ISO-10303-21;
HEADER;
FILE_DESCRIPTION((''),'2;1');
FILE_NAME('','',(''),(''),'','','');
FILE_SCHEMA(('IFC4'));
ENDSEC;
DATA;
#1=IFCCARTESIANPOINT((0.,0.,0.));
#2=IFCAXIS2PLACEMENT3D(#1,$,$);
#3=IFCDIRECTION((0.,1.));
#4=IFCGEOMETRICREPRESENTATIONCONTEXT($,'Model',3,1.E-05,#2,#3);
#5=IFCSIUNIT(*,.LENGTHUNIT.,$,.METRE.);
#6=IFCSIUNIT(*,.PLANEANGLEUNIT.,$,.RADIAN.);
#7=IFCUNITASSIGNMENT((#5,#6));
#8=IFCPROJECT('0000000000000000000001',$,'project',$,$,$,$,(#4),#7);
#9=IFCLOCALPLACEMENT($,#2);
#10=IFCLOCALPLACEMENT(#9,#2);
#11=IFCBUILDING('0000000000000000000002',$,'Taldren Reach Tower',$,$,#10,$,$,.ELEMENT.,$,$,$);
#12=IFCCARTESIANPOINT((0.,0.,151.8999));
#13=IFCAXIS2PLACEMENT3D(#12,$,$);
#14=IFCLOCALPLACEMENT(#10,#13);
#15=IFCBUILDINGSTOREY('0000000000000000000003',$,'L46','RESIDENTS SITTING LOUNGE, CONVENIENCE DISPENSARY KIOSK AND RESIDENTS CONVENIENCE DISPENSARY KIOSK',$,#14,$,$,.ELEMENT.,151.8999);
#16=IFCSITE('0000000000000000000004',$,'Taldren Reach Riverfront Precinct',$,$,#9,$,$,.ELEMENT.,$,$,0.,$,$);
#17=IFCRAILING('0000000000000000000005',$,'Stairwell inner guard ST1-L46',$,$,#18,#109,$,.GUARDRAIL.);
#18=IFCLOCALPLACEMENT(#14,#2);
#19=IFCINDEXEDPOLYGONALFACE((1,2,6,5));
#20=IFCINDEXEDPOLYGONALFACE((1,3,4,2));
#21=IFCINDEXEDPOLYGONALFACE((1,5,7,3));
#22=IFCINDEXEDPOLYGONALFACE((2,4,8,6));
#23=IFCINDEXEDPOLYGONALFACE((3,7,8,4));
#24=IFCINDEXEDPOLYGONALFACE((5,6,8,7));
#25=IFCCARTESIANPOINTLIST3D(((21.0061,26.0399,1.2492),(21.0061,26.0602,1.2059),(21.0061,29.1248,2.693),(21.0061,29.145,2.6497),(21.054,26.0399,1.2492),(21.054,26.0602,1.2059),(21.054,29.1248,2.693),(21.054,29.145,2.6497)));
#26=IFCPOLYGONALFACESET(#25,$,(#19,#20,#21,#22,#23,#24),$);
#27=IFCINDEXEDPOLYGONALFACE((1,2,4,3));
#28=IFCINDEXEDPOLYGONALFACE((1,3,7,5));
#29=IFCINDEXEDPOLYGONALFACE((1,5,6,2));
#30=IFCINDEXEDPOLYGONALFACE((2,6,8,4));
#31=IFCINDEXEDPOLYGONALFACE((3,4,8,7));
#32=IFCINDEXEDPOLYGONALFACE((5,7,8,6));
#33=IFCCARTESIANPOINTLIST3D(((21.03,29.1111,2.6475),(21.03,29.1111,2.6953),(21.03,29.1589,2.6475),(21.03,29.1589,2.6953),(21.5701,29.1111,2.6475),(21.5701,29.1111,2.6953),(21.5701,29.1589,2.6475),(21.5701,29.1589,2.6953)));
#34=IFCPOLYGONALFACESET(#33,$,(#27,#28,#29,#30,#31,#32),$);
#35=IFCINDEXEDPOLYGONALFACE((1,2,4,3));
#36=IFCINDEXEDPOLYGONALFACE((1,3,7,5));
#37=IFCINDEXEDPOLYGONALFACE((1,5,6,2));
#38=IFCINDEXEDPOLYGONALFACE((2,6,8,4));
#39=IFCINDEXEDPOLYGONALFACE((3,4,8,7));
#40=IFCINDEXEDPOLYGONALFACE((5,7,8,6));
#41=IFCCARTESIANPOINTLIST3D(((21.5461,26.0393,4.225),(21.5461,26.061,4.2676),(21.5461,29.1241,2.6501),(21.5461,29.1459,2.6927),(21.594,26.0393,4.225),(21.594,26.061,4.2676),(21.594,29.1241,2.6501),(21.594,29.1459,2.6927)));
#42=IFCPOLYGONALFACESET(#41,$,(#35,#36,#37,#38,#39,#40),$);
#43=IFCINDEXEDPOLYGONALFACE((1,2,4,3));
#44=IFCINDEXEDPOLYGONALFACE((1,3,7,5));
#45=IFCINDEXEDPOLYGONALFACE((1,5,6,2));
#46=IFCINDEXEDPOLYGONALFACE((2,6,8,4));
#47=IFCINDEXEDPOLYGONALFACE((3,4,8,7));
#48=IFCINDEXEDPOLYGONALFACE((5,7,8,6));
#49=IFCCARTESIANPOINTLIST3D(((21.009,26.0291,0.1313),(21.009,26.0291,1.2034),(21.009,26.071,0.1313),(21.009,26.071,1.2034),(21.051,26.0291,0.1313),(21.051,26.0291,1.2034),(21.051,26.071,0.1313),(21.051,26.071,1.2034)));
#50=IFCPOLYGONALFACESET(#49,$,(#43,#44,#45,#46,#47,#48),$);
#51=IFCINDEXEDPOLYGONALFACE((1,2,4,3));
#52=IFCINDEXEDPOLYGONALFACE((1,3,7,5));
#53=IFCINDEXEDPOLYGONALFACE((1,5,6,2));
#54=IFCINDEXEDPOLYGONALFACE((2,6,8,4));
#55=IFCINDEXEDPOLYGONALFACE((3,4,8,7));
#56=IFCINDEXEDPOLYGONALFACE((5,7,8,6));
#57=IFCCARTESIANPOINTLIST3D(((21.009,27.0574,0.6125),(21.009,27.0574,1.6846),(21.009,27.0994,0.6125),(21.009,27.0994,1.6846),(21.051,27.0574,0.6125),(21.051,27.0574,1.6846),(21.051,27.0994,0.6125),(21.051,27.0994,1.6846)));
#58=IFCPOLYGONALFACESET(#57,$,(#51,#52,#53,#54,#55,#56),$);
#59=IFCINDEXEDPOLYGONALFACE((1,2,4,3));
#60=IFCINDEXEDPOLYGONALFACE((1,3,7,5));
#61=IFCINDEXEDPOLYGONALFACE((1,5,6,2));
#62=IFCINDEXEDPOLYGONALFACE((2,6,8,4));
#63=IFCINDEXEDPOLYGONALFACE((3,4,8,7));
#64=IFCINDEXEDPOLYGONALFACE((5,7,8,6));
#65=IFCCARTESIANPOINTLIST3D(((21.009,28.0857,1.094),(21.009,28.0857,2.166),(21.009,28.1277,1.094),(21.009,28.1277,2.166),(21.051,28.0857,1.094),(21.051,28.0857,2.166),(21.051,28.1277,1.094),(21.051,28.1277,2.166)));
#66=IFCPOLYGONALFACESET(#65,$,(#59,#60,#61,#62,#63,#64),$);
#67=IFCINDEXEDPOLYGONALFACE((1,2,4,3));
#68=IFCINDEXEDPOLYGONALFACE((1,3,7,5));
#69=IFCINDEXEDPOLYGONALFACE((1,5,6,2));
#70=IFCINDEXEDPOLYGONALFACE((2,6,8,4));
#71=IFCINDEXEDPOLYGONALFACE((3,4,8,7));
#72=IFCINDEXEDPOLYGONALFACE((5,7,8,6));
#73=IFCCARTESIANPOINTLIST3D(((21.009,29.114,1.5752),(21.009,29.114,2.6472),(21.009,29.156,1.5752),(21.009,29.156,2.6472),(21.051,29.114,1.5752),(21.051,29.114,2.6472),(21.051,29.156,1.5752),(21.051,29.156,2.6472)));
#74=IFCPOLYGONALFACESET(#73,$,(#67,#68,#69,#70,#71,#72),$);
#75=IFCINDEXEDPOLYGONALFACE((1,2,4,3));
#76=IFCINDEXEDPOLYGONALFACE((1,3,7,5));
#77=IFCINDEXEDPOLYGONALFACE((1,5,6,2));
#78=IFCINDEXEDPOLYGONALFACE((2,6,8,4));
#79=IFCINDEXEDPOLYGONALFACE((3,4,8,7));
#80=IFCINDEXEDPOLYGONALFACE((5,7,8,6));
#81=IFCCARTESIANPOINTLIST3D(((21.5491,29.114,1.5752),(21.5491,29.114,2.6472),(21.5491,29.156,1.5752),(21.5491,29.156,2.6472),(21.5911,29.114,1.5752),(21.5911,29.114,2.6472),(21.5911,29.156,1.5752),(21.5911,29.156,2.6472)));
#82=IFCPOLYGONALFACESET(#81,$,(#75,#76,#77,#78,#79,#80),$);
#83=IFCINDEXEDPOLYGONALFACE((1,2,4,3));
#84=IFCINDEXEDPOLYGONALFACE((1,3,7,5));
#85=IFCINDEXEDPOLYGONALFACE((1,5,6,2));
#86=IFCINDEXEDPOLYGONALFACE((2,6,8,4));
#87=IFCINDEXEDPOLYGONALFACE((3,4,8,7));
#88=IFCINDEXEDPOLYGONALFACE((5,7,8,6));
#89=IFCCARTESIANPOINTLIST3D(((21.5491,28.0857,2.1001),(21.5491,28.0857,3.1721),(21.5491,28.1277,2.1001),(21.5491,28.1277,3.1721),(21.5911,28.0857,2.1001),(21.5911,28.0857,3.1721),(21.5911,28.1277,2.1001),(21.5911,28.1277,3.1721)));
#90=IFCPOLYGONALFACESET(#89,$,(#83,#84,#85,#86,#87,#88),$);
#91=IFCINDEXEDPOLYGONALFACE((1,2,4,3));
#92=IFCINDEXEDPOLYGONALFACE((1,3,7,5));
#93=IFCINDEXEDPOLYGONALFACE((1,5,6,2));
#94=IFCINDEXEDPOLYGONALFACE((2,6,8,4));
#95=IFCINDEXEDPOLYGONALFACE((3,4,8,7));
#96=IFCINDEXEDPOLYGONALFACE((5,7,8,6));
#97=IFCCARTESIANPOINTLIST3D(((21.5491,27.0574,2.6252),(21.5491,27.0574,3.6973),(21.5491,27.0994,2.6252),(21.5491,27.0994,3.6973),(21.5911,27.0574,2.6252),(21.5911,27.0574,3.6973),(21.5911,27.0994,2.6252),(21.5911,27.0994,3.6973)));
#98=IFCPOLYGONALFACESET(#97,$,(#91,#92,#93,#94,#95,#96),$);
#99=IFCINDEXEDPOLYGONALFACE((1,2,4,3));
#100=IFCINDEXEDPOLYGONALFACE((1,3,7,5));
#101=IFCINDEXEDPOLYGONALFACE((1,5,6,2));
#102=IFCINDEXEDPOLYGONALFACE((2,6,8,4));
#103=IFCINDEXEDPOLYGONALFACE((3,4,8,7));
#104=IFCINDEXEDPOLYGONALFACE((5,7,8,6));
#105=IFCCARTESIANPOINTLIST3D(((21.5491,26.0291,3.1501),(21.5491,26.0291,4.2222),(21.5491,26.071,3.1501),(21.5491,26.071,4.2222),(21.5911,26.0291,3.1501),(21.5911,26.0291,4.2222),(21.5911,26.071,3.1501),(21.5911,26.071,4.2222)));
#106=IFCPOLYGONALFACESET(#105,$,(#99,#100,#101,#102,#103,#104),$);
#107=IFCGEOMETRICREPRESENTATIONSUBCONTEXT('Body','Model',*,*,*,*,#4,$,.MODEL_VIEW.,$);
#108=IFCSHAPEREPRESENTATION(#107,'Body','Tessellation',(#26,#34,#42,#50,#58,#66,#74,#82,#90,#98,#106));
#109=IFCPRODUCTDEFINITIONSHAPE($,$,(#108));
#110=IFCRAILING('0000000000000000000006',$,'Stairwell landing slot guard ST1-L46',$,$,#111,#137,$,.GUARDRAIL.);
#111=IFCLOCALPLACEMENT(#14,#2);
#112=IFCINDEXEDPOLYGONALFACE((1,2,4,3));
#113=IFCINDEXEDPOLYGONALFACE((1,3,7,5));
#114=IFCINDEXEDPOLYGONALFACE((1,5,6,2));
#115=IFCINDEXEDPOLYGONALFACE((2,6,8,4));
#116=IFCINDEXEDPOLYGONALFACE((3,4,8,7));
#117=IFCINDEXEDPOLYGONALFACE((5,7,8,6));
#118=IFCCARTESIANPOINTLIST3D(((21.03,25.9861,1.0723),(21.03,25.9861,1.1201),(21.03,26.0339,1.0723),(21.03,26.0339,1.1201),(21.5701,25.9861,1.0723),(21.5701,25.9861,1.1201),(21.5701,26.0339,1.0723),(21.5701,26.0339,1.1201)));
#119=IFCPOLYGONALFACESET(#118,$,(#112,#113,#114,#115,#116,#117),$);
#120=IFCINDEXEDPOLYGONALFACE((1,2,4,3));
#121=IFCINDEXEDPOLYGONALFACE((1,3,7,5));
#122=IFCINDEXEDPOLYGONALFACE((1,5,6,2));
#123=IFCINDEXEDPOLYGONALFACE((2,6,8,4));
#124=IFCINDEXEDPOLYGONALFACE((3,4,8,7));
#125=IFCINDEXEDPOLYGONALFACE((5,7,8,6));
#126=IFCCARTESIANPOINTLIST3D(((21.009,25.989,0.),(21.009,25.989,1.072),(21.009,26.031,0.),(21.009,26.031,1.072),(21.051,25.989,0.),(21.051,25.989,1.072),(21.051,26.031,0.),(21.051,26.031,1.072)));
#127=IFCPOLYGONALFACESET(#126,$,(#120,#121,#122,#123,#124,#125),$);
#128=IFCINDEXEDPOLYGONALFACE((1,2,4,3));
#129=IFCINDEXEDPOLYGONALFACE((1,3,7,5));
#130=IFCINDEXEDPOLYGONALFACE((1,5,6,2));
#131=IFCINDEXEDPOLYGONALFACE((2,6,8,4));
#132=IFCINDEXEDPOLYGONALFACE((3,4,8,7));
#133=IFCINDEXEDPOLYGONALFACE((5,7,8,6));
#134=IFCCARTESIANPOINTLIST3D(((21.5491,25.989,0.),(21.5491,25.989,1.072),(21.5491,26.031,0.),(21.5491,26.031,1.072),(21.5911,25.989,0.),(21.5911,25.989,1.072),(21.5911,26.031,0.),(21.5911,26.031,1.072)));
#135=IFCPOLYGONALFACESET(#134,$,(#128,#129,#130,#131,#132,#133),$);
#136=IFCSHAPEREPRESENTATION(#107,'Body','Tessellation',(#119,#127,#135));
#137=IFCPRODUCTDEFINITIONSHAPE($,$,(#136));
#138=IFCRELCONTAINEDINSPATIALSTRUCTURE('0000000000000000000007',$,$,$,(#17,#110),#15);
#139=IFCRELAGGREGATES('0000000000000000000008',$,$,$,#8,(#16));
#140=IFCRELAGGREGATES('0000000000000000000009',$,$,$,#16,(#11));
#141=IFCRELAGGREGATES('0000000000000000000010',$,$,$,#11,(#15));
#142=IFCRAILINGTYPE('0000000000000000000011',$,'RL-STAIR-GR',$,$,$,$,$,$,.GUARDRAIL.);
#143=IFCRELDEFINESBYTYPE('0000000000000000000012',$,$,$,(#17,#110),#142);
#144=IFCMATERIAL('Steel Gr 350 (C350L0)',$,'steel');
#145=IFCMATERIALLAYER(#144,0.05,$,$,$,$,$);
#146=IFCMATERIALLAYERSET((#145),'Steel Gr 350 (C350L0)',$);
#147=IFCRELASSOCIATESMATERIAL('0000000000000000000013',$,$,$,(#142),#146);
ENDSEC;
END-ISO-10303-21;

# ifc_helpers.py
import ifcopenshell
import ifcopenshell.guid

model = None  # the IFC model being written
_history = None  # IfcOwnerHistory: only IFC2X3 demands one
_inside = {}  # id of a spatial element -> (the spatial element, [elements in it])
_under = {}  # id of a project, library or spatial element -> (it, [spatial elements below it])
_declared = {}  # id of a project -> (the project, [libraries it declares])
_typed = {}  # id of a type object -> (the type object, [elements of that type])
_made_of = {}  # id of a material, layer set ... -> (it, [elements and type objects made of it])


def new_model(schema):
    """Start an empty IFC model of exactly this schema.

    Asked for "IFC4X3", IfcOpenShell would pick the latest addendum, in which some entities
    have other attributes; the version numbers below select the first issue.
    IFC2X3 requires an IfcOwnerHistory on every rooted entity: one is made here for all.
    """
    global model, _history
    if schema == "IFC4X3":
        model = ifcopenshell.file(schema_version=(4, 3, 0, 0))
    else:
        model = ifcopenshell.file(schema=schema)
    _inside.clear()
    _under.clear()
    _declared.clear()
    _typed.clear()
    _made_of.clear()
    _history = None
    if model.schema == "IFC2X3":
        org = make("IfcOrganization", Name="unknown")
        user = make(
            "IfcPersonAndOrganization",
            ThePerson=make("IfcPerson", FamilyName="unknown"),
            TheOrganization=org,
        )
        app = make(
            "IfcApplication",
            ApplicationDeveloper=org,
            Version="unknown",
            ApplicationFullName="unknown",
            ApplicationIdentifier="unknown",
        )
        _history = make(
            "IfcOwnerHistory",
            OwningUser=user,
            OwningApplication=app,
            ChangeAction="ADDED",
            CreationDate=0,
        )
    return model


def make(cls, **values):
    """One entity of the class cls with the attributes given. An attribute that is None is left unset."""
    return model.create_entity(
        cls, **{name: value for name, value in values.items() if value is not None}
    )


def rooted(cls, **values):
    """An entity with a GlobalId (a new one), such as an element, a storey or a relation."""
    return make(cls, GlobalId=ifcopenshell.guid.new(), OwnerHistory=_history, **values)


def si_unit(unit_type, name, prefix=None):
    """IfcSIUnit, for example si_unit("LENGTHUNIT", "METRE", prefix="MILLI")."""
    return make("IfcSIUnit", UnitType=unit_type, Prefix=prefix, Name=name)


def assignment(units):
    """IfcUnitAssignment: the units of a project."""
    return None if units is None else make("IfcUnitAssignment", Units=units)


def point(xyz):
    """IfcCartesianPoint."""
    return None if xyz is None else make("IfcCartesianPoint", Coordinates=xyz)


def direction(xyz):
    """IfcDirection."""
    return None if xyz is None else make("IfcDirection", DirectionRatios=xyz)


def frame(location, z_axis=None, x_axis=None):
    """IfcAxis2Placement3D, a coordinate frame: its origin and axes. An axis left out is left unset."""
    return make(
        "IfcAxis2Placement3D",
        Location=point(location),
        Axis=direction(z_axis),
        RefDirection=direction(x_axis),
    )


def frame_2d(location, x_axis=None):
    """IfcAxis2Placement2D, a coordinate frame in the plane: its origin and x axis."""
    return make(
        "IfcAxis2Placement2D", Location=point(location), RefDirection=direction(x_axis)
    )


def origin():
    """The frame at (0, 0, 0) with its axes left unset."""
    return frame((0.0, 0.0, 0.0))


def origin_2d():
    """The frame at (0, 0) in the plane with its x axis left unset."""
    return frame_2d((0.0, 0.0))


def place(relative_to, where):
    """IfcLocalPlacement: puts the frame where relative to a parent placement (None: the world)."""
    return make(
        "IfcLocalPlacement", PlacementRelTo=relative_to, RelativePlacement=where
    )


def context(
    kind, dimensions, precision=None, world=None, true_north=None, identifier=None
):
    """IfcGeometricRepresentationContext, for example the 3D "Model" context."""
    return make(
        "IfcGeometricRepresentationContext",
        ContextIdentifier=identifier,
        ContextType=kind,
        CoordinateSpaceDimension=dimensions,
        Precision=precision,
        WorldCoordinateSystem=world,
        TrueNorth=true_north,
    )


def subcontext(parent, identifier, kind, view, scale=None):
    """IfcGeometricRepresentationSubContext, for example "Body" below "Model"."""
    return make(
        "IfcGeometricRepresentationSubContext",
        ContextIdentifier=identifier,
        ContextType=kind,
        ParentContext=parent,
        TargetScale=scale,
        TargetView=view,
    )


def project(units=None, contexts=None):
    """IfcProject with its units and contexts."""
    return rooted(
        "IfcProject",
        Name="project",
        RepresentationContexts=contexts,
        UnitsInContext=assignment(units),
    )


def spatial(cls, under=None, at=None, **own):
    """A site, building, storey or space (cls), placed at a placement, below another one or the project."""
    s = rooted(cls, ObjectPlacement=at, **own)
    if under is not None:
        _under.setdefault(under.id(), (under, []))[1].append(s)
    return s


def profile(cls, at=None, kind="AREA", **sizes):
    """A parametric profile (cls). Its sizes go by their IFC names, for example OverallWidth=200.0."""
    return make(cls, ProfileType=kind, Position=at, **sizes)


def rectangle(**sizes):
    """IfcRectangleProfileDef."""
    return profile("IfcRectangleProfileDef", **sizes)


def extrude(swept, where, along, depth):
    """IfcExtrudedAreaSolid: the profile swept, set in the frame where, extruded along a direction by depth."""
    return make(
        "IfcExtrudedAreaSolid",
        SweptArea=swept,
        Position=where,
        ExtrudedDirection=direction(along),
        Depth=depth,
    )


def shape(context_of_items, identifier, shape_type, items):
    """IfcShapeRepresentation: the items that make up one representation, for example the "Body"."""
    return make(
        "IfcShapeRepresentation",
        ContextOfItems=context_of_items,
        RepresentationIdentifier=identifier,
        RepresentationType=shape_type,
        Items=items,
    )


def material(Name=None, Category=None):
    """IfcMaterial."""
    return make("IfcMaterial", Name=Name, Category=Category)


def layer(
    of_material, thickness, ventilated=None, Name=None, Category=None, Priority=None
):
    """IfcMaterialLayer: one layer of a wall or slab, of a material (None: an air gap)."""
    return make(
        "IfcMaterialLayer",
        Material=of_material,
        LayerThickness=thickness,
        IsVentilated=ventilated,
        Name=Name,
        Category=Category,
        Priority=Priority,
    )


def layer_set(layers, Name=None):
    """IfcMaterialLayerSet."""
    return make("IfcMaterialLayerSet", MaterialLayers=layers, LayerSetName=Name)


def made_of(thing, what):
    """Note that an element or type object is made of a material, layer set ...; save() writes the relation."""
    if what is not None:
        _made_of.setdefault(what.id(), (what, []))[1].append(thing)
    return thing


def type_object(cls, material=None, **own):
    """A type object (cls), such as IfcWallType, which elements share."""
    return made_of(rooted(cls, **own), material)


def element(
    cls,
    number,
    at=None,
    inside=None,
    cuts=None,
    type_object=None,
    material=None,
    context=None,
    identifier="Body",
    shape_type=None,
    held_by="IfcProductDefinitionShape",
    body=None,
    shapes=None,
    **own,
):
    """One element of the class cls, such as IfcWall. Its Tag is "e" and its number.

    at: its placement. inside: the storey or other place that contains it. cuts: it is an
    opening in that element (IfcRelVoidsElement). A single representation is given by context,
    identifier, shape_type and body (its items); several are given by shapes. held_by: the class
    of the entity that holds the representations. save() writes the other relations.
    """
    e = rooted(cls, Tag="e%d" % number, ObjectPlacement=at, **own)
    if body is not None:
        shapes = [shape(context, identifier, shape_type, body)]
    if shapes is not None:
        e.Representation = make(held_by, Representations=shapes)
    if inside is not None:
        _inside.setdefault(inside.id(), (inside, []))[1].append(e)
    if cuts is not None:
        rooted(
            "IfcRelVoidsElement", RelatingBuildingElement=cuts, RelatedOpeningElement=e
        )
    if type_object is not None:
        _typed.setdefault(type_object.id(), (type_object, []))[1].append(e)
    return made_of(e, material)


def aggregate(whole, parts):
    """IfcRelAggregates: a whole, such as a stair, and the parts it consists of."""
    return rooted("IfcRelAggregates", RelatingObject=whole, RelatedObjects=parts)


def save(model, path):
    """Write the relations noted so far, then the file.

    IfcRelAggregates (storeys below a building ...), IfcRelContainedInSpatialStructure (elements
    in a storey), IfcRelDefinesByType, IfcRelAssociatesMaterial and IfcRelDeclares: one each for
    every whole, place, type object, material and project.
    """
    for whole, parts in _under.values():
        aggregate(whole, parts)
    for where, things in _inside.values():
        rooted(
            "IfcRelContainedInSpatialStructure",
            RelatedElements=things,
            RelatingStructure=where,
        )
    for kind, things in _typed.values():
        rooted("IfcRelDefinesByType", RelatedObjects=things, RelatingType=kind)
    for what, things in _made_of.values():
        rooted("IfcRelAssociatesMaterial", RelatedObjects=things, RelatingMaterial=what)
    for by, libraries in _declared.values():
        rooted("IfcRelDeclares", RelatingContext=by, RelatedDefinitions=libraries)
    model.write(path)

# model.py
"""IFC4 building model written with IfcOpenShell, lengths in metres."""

from ifc_helpers import new_model, si_unit, direction, frame, origin, origin_2d, place, context, subcontext, project, spatial, rectangle, extrude, material, layer, layer_set, type_object, element, save


model = new_model("IFC4")

# Units and contexts
model_context = context("Model", 3, precision=1e-05, world=origin(), true_north=direction((0.0, 1.0)))
body_context = subcontext(model_context, "Body", "Model", "MODEL_VIEW")
ifc_project = project(units=[si_unit("LENGTHUNIT", "METRE"), si_unit("PLANEANGLEUNIT", "RADIAN")], contexts=[model_context])

# Site, building, storey
site_placement = place(None, origin())
site = spatial("IfcSite", under=ifc_project, at=site_placement, Name="Taldren Reach Riverfront Precinct", CompositionType="ELEMENT", RefElevation=0.0)
building_placement = place(site_placement, origin())
building = spatial("IfcBuilding", under=site, at=building_placement, Name="Taldren Reach Tower", CompositionType="ELEMENT")
storey_placement = place(building_placement, frame((0.0, 0.0, 151.8999)))
storey = spatial("IfcBuildingStorey", under=building, at=storey_placement, Name="L46", Description="RESIDENTS SITTING LOUNGE, CONVENIENCE DISPENSARY KIOSK AND RESIDENTS CONVENIENCE DISPENSARY KIOSK", CompositionType="ELEMENT", Elevation=151.8999)

# Shared definitions
ifc_material_1 = material(Name="Steel Gr 350 (C350L0)", Category="steel")

# Railings
ifc_layer_1 = layer(ifc_material_1, 0.05)
ifc_layer_set_1 = layer_set([ifc_layer_1], Name="Steel Gr 350 (C350L0)")
railing_type_1 = type_object("IfcRailingType", Name="RL-STAIR-GR", PredefinedType="GUARDRAIL", material=ifc_layer_set_1)
railing_1_placement = place(storey_placement, frame((21.03, 26.05, 0.1313)))
element("IfcRailing", 1, at=railing_1_placement, inside=storey, type_object=railing_type_1, Name="Stairwell inner guard ST1-L46", PredefinedType="GUARDRAIL", context=body_context, shape_type="SweptSolid", body=[
    extrude(rectangle(XDim=0.0479, YDim=0.0479, at=origin_2d()), frame((0.0, 0.0, 1.0962), z_axis=(0.0, 0.90571, 0.423898), x_axis=(-1.0, 0.0, 0.0)), (0.0, 0.0, 1.0), 3.406),
    extrude(rectangle(XDim=0.0479, YDim=0.0479, at=origin_2d()), frame((0.0, 3.085, 2.54), z_axis=(1.0, 0.0, 0.0), x_axis=(0.0, 1.0, 0.0)), (0.0, 0.0, 1.0), 0.54),
    extrude(rectangle(XDim=0.0479, YDim=0.0479, at=origin_2d()), frame((0.54, 3.085, 2.54), z_axis=(0.0, -0.890646, 0.454697), x_axis=(1.0, 0.0, 0.0)), (0.0, 0.0, 1.0), 3.4636),
    extrude(rectangle(XDim=0.042, YDim=0.042, at=origin_2d()), origin(), (0.0, 0.0, 1.0), 1.072),
    extrude(rectangle(XDim=0.042, YDim=0.042, at=origin_2d()), frame((0.0, 1.0283, 0.4812)), (0.0, 0.0, 1.0), 1.072),
    extrude(rectangle(XDim=0.042, YDim=0.042, at=origin_2d()), frame((0.0, 2.0566, 0.9626)), (0.0, 0.0, 1.0), 1.072),
    extrude(rectangle(XDim=0.042, YDim=0.042, at=origin_2d()), frame((0.0, 3.085, 1.4438)), (0.0, 0.0, 1.0), 1.072),
    extrude(rectangle(XDim=0.042, YDim=0.042, at=origin_2d()), frame((0.54, 3.085, 1.4438)), (0.0, 0.0, 1.0), 1.072),
    extrude(rectangle(XDim=0.042, YDim=0.042, at=origin_2d()), frame((0.54, 2.0566, 1.9688)), (0.0, 0.0, 1.0), 1.072),
    extrude(rectangle(XDim=0.042, YDim=0.042, at=origin_2d()), frame((0.54, 1.0283, 2.4939)), (0.0, 0.0, 1.0), 1.072),
    extrude(rectangle(XDim=0.042, YDim=0.042, at=origin_2d()), frame((0.54, 0.0, 3.0188)), (0.0, 0.0, 1.0), 1.072),
])
railing_2_placement = place(storey_placement, frame((21.03, 26.01, 0.0)))
element("IfcRailing", 2, at=railing_2_placement, inside=storey, type_object=railing_type_1, Name="Stairwell landing slot guard ST1-L46", PredefinedType="GUARDRAIL", context=body_context, shape_type="SweptSolid", body=[
    extrude(rectangle(XDim=0.0479, YDim=0.0479, at=origin_2d()), frame((0.0, 0.0, 1.0962), z_axis=(1.0, 0.0, 0.0), x_axis=(0.0, 1.0, 0.0)), (0.0, 0.0, 1.0), 0.54),
    extrude(rectangle(XDim=0.042, YDim=0.042, at=origin_2d()), origin(), (0.0, 0.0, 1.0), 1.072),
    extrude(rectangle(XDim=0.042, YDim=0.042, at=origin_2d()), frame((0.54, 0.0, 0.0)), (0.0, 0.0, 1.0), 1.072),
])

save(model, "model.ifc")
